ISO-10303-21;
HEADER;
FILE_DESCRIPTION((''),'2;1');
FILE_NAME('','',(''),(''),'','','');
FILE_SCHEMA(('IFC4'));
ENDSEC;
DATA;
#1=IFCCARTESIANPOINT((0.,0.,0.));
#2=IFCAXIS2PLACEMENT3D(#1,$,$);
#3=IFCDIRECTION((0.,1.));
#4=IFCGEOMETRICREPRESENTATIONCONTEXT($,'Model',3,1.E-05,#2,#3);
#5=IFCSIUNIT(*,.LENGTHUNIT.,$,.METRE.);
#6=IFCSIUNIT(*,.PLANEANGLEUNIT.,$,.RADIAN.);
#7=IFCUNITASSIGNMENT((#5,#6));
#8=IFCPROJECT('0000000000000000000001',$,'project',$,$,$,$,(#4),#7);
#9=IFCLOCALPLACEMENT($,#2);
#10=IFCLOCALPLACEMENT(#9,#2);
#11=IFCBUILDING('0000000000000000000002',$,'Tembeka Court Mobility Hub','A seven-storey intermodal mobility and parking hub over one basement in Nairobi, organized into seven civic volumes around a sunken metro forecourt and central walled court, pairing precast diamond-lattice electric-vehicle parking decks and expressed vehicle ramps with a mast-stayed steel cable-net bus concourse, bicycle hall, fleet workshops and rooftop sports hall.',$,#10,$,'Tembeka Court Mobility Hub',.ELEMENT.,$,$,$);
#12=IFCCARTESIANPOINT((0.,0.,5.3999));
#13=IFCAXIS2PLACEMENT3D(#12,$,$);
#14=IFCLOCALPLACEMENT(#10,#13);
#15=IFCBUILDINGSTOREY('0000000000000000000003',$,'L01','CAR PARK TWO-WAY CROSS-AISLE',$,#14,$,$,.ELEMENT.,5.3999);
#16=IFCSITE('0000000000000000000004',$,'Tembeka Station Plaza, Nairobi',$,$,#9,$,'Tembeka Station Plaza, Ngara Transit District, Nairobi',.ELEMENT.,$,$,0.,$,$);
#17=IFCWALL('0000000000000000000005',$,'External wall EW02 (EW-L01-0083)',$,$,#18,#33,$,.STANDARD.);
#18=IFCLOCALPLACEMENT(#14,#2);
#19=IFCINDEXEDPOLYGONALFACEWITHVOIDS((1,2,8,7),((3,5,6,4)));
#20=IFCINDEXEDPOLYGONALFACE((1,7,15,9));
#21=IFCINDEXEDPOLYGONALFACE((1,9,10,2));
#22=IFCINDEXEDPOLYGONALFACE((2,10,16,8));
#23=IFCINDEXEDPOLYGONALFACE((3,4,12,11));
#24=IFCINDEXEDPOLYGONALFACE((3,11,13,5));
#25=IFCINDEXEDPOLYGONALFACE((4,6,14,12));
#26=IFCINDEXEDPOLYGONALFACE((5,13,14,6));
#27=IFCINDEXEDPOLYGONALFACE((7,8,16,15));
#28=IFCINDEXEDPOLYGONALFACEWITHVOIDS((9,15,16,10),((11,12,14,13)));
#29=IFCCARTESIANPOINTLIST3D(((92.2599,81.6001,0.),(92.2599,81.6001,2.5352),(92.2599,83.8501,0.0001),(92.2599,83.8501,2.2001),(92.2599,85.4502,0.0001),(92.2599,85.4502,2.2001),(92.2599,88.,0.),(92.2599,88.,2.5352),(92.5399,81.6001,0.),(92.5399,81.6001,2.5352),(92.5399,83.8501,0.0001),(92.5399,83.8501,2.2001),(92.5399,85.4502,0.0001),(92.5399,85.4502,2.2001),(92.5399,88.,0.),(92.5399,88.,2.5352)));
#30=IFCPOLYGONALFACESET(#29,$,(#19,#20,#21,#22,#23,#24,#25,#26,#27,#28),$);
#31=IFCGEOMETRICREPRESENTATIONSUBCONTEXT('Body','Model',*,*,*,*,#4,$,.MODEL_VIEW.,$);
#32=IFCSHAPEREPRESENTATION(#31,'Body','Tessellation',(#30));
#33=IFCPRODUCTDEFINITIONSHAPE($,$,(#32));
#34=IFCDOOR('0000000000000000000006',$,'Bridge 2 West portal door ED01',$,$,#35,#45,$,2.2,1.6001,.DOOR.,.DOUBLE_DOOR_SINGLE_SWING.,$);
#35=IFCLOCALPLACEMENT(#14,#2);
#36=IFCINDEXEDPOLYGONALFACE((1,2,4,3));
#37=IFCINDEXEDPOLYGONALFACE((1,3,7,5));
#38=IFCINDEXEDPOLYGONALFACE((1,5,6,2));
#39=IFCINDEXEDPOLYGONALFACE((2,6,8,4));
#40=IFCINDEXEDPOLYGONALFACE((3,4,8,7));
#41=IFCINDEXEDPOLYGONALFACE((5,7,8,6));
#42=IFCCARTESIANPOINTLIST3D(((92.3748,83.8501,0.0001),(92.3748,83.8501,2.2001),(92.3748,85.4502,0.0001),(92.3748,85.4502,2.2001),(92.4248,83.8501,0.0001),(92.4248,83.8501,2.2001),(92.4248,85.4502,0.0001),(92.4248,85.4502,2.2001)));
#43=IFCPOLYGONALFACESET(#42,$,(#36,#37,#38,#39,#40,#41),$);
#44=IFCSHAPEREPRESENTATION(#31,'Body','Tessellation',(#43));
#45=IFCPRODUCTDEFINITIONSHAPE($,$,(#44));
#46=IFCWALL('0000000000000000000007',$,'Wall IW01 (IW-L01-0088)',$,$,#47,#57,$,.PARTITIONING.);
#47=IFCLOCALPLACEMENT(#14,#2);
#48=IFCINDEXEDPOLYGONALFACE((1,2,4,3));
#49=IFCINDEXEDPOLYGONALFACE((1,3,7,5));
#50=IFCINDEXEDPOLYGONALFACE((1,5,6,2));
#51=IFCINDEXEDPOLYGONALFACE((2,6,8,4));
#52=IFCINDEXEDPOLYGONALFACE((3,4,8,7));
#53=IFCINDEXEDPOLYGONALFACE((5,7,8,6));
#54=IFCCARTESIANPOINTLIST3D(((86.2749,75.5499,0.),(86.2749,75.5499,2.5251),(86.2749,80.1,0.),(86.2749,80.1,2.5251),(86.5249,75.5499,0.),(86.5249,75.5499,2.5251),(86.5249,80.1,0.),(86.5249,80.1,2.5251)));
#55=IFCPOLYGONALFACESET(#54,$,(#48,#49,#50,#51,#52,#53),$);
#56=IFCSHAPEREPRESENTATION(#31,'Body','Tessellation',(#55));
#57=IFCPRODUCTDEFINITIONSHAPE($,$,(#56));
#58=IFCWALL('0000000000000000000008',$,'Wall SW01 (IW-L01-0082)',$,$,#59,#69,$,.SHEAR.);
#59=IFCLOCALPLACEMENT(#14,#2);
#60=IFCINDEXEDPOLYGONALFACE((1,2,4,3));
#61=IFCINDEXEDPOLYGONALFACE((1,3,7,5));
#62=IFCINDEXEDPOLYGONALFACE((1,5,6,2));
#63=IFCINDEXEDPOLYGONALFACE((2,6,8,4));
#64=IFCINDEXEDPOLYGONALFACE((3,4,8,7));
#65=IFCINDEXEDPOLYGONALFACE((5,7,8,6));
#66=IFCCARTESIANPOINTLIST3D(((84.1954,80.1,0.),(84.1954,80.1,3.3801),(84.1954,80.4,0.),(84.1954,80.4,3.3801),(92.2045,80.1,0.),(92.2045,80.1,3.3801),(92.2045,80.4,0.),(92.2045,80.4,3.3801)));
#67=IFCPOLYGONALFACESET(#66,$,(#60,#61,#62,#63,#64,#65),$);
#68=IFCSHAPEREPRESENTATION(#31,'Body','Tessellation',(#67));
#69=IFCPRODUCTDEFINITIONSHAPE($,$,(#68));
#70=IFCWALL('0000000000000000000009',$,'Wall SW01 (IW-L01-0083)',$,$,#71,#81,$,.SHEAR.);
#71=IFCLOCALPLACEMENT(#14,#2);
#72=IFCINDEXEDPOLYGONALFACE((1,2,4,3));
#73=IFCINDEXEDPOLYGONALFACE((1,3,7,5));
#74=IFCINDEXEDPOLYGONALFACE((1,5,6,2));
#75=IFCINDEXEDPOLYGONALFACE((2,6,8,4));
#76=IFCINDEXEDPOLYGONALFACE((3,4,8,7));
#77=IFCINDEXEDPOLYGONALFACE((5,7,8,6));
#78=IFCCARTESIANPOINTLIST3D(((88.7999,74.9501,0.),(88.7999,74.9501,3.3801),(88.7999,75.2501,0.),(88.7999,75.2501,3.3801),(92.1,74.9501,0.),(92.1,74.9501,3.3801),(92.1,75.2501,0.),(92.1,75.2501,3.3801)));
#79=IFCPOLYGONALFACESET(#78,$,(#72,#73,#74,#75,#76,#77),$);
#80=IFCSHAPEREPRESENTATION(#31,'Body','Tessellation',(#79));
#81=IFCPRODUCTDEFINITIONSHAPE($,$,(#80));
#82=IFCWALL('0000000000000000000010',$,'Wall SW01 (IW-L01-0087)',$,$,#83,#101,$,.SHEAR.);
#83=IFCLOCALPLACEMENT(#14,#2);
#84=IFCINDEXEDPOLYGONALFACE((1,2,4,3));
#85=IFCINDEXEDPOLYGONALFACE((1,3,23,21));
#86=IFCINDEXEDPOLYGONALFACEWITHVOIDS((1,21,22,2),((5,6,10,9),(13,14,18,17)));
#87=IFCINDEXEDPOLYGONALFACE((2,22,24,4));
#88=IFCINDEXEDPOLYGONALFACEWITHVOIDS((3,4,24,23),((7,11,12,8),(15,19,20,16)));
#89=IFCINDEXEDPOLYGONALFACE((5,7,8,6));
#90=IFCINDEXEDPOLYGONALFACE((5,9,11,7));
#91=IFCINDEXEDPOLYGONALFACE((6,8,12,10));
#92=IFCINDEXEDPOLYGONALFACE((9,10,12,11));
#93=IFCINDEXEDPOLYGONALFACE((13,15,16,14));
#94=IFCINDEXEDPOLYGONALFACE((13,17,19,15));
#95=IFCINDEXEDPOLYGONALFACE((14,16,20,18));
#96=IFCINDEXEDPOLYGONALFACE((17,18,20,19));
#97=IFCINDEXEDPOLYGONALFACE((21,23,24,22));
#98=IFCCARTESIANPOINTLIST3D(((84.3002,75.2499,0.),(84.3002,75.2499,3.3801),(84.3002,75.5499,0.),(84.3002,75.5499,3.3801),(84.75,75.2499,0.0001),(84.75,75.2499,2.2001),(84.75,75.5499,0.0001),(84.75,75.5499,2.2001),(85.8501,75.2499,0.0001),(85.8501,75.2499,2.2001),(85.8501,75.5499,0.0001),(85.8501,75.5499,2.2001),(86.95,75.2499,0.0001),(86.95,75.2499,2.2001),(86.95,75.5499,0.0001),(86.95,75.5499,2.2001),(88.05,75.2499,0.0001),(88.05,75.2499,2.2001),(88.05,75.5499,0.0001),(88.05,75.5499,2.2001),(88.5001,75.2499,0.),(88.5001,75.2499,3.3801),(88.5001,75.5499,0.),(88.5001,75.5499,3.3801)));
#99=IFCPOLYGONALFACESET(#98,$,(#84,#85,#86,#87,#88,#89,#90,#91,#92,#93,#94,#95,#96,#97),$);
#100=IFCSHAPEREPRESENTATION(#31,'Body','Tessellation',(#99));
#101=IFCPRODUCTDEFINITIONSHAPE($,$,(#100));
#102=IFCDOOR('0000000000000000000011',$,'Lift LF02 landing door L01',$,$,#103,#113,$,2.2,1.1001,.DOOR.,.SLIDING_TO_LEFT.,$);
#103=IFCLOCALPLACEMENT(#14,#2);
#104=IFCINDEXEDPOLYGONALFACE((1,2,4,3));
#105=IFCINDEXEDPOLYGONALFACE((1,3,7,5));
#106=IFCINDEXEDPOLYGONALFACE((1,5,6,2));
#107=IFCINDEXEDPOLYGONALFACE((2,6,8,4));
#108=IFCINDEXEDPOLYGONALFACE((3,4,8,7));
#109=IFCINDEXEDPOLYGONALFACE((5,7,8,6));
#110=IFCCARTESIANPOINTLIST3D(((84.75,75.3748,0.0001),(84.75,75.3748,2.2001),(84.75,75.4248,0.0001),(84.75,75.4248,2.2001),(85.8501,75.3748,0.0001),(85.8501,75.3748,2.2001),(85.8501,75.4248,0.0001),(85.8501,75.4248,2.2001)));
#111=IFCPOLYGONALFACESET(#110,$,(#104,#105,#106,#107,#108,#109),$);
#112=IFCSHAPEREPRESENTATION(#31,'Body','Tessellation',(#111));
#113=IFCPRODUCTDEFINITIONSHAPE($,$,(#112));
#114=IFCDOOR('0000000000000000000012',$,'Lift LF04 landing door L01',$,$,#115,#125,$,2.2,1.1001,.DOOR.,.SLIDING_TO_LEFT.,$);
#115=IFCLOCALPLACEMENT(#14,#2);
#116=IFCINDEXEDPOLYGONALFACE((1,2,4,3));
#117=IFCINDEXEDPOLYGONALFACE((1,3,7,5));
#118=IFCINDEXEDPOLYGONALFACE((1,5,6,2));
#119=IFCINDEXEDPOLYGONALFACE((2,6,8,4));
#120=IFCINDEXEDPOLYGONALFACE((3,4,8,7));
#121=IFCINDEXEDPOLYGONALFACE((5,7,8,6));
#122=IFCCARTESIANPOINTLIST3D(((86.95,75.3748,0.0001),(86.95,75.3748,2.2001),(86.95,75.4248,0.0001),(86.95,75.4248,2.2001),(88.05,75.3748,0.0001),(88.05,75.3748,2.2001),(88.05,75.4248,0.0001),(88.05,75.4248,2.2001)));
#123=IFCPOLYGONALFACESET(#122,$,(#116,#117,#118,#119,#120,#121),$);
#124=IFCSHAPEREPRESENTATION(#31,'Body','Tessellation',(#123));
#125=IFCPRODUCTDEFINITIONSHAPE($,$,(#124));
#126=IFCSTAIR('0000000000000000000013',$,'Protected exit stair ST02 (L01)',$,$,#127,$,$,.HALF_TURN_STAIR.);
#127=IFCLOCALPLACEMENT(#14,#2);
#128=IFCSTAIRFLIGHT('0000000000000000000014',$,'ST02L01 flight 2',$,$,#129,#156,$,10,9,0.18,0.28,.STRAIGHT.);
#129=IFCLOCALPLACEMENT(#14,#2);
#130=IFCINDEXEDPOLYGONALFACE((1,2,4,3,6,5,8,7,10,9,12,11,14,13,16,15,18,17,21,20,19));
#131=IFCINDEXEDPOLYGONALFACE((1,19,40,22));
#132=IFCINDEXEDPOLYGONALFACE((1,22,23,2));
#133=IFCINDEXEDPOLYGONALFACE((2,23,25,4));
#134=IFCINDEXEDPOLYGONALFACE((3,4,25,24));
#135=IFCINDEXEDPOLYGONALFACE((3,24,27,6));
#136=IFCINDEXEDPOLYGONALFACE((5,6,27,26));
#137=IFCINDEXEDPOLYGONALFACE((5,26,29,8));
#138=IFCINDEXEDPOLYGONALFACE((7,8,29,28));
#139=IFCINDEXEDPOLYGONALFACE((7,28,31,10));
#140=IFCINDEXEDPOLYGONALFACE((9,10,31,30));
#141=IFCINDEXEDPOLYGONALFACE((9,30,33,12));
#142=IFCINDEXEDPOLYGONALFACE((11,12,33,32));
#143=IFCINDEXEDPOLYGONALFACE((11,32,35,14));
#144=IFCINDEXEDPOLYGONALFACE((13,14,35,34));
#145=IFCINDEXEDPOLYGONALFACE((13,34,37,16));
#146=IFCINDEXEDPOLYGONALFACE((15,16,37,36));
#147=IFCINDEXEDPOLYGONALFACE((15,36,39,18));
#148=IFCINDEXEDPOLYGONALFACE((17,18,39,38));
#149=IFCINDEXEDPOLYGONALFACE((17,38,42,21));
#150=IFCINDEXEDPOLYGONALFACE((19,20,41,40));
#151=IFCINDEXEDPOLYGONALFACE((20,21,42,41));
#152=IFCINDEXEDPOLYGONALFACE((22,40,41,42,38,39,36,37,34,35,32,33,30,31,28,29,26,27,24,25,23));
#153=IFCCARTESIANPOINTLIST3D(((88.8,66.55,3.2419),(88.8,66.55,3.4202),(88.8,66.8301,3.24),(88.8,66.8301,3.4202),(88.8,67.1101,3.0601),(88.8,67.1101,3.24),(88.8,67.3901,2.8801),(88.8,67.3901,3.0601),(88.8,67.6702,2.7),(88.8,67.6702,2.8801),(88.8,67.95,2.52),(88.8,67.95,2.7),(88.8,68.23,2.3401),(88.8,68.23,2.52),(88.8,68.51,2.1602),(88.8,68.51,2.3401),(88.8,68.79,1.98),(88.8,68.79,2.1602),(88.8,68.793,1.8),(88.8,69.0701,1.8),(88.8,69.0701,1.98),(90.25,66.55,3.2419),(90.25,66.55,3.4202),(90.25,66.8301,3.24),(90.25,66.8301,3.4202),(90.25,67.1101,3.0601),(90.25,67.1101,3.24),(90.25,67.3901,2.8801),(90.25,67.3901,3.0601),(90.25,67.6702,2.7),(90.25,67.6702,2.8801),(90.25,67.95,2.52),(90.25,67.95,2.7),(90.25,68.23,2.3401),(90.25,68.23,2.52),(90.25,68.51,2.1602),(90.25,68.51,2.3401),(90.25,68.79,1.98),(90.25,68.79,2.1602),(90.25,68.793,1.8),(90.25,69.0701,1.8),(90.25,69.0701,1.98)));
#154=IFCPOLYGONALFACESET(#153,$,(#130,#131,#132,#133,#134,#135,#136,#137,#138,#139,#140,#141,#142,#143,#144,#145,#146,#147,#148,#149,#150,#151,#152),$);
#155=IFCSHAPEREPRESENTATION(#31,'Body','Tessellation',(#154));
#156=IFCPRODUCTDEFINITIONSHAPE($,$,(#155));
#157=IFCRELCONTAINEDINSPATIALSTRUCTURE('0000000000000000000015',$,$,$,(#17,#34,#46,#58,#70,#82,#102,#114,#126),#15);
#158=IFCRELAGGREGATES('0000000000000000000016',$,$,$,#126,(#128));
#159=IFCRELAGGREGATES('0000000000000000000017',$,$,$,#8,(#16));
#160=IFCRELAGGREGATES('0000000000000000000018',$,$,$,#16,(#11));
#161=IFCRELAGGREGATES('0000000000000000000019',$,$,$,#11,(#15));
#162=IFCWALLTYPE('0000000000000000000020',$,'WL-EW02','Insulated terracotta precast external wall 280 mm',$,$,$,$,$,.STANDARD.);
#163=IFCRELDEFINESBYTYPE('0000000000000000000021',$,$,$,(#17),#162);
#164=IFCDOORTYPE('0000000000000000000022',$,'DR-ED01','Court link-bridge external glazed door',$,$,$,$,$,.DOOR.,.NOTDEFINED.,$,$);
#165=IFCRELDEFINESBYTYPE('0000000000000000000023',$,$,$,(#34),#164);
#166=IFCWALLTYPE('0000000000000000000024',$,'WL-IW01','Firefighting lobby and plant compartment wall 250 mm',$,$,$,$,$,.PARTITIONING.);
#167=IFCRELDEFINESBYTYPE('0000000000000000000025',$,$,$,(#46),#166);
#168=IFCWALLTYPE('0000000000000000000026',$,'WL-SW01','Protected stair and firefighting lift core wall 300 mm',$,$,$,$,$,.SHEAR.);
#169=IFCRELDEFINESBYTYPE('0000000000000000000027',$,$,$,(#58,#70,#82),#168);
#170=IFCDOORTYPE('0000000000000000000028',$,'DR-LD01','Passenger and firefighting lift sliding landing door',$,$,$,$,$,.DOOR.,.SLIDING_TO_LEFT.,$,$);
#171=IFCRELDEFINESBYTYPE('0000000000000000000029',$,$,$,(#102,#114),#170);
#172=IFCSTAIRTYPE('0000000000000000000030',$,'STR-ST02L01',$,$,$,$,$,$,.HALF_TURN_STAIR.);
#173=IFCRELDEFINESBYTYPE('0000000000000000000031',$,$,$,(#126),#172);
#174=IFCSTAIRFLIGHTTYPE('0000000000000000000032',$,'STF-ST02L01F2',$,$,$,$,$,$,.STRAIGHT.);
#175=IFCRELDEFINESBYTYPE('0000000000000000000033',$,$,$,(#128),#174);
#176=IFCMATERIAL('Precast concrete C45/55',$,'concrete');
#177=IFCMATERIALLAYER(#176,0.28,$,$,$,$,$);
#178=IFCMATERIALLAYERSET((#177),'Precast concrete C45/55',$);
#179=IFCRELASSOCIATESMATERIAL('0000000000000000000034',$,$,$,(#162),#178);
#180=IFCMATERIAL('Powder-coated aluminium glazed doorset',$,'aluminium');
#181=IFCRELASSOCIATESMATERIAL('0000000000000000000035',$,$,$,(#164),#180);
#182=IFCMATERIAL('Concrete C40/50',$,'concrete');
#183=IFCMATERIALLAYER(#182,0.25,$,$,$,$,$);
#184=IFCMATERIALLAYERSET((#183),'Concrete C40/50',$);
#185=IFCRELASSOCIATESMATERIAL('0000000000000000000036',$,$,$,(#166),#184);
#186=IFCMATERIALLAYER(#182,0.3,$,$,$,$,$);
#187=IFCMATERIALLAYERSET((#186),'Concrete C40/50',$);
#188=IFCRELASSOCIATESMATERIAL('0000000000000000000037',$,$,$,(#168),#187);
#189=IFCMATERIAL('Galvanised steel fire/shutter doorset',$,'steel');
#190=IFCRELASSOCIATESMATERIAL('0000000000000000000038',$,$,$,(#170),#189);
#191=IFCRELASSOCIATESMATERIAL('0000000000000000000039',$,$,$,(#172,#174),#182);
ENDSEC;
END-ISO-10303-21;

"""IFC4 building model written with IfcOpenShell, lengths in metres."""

from ifc_helpers import new_model, si_unit, direction, frame, frame_2d, origin, place, context, subcontext, project, spatial, polyline, rectangle, outline, extrude, material, layer, layer_set, type_object, element, fill, aggregate, save


model = new_model("IFC4")

# Units and contexts
model_context = context("Model", 3, precision=1e-05, world=origin(), true_north=direction((0.0, 1.0)))
body_context = subcontext(model_context, "Body", "Model", "MODEL_VIEW")
ifc_project = project(units=[si_unit("LENGTHUNIT", "METRE"), si_unit("PLANEANGLEUNIT", "RADIAN")], contexts=[model_context])

# Site, building, storey
site_placement = place(None, origin())
site = spatial("IfcSite", under=ifc_project, at=site_placement, Name="Tembeka Station Plaza, Nairobi", LongName="Tembeka Station Plaza, Ngara Transit District, Nairobi", CompositionType="ELEMENT", RefElevation=0.0)
building_placement = place(site_placement, origin())
building = spatial("IfcBuilding", under=site, at=building_placement, Name="Tembeka Court Mobility Hub", Description="A seven-storey intermodal mobility and parking hub over one basement in Nairobi, organized into seven civic volumes around a sunken metro forecourt and central walled court, pairing precast diamond-lattice electric-vehicle parking decks and expressed vehicle ramps with a mast-stayed steel cable-net bus concourse, bicycle hall, fleet workshops and rooftop sports hall.", LongName="Tembeka Court Mobility Hub", CompositionType="ELEMENT")
storey_placement = place(building_placement, frame((0.0, 0.0, 5.3999)))
storey = spatial("IfcBuildingStorey", under=building, at=storey_placement, Name="L01", Description="CAR PARK TWO-WAY CROSS-AISLE", CompositionType="ELEMENT", Elevation=5.3999)

# Shared definitions
ifc_material_1 = material(Name="Precast concrete C45/55", Category="concrete")

# Wall, opening, door
ifc_layer_1 = layer(ifc_material_1, 0.28)
ifc_layer_set_1 = layer_set([ifc_layer_1], Name="Precast concrete C45/55")
wall_type_1 = type_object("IfcWallType", Name="WL-EW02", Description="Insulated terracotta precast external wall 280 mm", PredefinedType="STANDARD", material=ifc_layer_set_1)
wall_1_placement = place(storey_placement, frame((92.3999, 81.6001, 0.0), z_axis=(0.0, 0.0, 1.0), x_axis=(0.0, 1.0, 0.0)))
wall_1 = element("IfcWall", 1, at=wall_1_placement, inside=storey, type_object=wall_type_1, Name="External wall EW02 (EW-L01-0083)", PredefinedType="STANDARD", context=body_context, shape_type="SweptSolid", body=[
    extrude(rectangle(XDim=6.3999, YDim=0.28, at=frame_2d((3.2, 0.0))), origin(), (0.0, 0.0, 1.0), 2.5352),
])
opening_1_placement = place(wall_1_placement, frame((2.25, 0.0, 0.0)))
opening_1 = element("IfcOpeningElement", 2, at=opening_1_placement, cuts=wall_1, PredefinedType="OPENING", context=body_context, shape_type="SweptSolid", body=[
    extrude(rectangle(XDim=1.6001, YDim=2.2, at=frame_2d((0.8, 1.1001))), frame((0.0, 0.1499, 0.0), z_axis=(0.0, -1.0, 0.0), x_axis=(1.0, 0.0, 0.0)), (0.0, 0.0, 1.0), 0.3),
])
ifc_material_2 = material(Name="Powder-coated aluminium glazed doorset", Category="aluminium")
door_type_1 = type_object("IfcDoorType", Name="DR-ED01", Description="Court link-bridge external glazed door", OperationType="NOTDEFINED", PredefinedType="DOOR", material=ifc_material_2)
door_1_placement = place(opening_1_placement, frame((1.6001, 0.0, 0.0), z_axis=(0.0, 0.0, 1.0), x_axis=(-1.0, 0.0, 0.0)))
door_1 = element("IfcDoor", 3, at=door_1_placement, inside=storey, type_object=door_type_1, Name="Bridge 2 West portal door ED01", OperationType="DOUBLE_DOOR_SINGLE_SWING", OverallHeight=2.2, OverallWidth=1.6001, PredefinedType="DOOR", context=body_context, shape_type="SweptSolid", body=[
    extrude(rectangle(XDim=1.6001, YDim=2.2, at=frame_2d((0.8, 1.1001))), frame((0.0, 0.0249, 0.0), z_axis=(0.0, -1.0, 0.0), x_axis=(1.0, 0.0, 0.0)), (0.0, 0.0, 1.0), 0.05),
])
fill(opening_1, door_1)

# Walls
ifc_material_3 = material(Name="Concrete C40/50", Category="concrete")
ifc_layer_2 = layer(ifc_material_3, 0.25)
ifc_layer_set_2 = layer_set([ifc_layer_2], Name="Concrete C40/50")
wall_type_2 = type_object("IfcWallType", Name="WL-IW01", Description="Firefighting lobby and plant compartment wall 250 mm", PredefinedType="PARTITIONING", material=ifc_layer_set_2)
wall_2_placement = place(storey_placement, frame((86.3999, 75.55, 0.0), z_axis=(0.0, 0.0, 1.0), x_axis=(0.0, 1.0, 0.0)))
element("IfcWall", 4, at=wall_2_placement, inside=storey, type_object=wall_type_2, Name="Wall IW01 (IW-L01-0088)", PredefinedType="PARTITIONING", context=body_context, shape_type="SweptSolid", body=[
    extrude(rectangle(XDim=4.55, YDim=0.25, at=frame_2d((2.2749, 0.0))), origin(), (0.0, 0.0, 1.0), 2.5251),
])
ifc_layer_3 = layer(ifc_material_3, 0.3)
ifc_layer_set_3 = layer_set([ifc_layer_3], Name="Concrete C40/50")
wall_type_3 = type_object("IfcWallType", Name="WL-SW01", Description="Protected stair and firefighting lift core wall 300 mm", PredefinedType="SHEAR", material=ifc_layer_set_3)
wall_3_placement = place(storey_placement, frame((84.1956, 80.25, 0.0), z_axis=(0.0, 0.0, 1.0), x_axis=(1.0, 0.0, 0.0)))
element("IfcWall", 5, at=wall_3_placement, inside=storey, type_object=wall_type_3, Name="Wall SW01 (IW-L01-0082)", PredefinedType="SHEAR", context=body_context, shape_type="SweptSolid", body=[
    extrude(rectangle(XDim=8.009, YDim=0.3, at=frame_2d((4.0044, 0.0))), origin(), (0.0, 0.0, 1.0), 3.3801),
])
wall_4_placement = place(storey_placement, frame((88.8, 75.1001, 0.0), z_axis=(0.0, 0.0, 1.0), x_axis=(1.0, 0.0, 0.0)))
element("IfcWall", 6, at=wall_4_placement, inside=storey, type_object=wall_type_3, Name="Wall SW01 (IW-L01-0083)", PredefinedType="SHEAR", context=body_context, shape_type="SweptSolid", body=[
    extrude(rectangle(XDim=3.3, YDim=0.3, at=frame_2d((1.6499, 0.0))), origin(), (0.0, 0.0, 1.0), 3.3801),
])

# Wall, openings, doors
wall_5_placement = place(storey_placement, frame((84.3, 75.3999, 0.0), z_axis=(0.0, 0.0, 1.0), x_axis=(1.0, 0.0, 0.0)))
wall_5 = element("IfcWall", 7, at=wall_5_placement, inside=storey, type_object=wall_type_3, Name="Wall SW01 (IW-L01-0087)", PredefinedType="SHEAR", context=body_context, shape_type="SweptSolid", body=[
    extrude(rectangle(XDim=4.2, YDim=0.3, at=frame_2d((2.1001, 0.0))), origin(), (0.0, 0.0, 1.0), 3.3801),
])
opening_2_placement = place(wall_5_placement, frame((0.45, 0.0, 0.0)))
opening_2 = element("IfcOpeningElement", 8, at=opening_2_placement, cuts=wall_5, PredefinedType="OPENING", context=body_context, shape_type="SweptSolid", body=[
    extrude(rectangle(XDim=1.1001, YDim=2.2, at=frame_2d((0.55, 1.1001))), frame((0.0, 0.1602, 0.0), z_axis=(0.0, -1.0, 0.0), x_axis=(1.0, 0.0, 0.0)), (0.0, 0.0, 1.0), 0.3201),
])
opening_3_placement = place(wall_5_placement, frame((2.6499, 0.0, 0.0)))
opening_3 = element("IfcOpeningElement", 9, at=opening_3_placement, cuts=wall_5, PredefinedType="OPENING", context=body_context, shape_type="SweptSolid", body=[
    extrude(rectangle(XDim=1.1001, YDim=2.2, at=frame_2d((0.55, 1.1001))), frame((0.0, 0.1602, 0.0), z_axis=(0.0, -1.0, 0.0), x_axis=(1.0, 0.0, 0.0)), (0.0, 0.0, 1.0), 0.3201),
])
ifc_material_4 = material(Name="Galvanised steel fire/shutter doorset", Category="steel")
door_type_2 = type_object("IfcDoorType", Name="DR-LD01", Description="Passenger and firefighting lift sliding landing door", OperationType="SLIDING_TO_LEFT", PredefinedType="DOOR", material=ifc_material_4)
door_2_placement = place(opening_2_placement, origin())
door_2 = element("IfcDoor", 10, at=door_2_placement, inside=storey, type_object=door_type_2, Name="Lift LF02 landing door L01", OperationType="SLIDING_TO_LEFT", OverallHeight=2.2, OverallWidth=1.1001, PredefinedType="DOOR", context=body_context, shape_type="SweptSolid", body=[
    extrude(rectangle(XDim=1.1001, YDim=2.2, at=frame_2d((0.55, 1.1001))), frame((0.0, 0.0249, 0.0), z_axis=(0.0, -1.0, 0.0), x_axis=(1.0, 0.0, 0.0)), (0.0, 0.0, 1.0), 0.05),
])
fill(opening_2, door_2)
door_3_placement = place(opening_3_placement, origin())
door_3 = element("IfcDoor", 11, at=door_3_placement, inside=storey, type_object=door_type_2, Name="Lift LF04 landing door L01", OperationType="SLIDING_TO_LEFT", OverallHeight=2.2, OverallWidth=1.1001, PredefinedType="DOOR", context=body_context, shape_type="SweptSolid", body=[
    extrude(rectangle(XDim=1.1001, YDim=2.2, at=frame_2d((0.55, 1.1001))), frame((0.0, 0.0249, 0.0), z_axis=(0.0, -1.0, 0.0), x_axis=(1.0, 0.0, 0.0)), (0.0, 0.0, 1.0), 0.05),
])
fill(opening_3, door_3)

# Stair, stair flight
stair_type = type_object("IfcStairType", Name="STR-ST02L01", PredefinedType="HALF_TURN_STAIR", material=ifc_material_3)
stair_placement = place(storey_placement, origin())
stair = element("IfcStair", 12, at=stair_placement, inside=storey, type_object=stair_type, Name="Protected exit stair ST02 (L01)", PredefinedType="HALF_TURN_STAIR")
stair_flight_type = type_object("IfcStairFlightType", Name="STF-ST02L01F2", PredefinedType="STRAIGHT", material=ifc_material_3)
stair_flight_placement = place(storey_placement, frame((89.5249, 69.0701, 1.8), z_axis=(0.0, 0.0, 1.0), x_axis=(0.0, -1.0, 0.0)))
stair_flight = element("IfcStairFlight", 13, at=stair_flight_placement, type_object=stair_flight_type, Name="ST02L01 flight 2", NumberOfRisers=10, NumberOfTreads=9, PredefinedType="STRAIGHT", RiserHeight=0.18, TreadLength=0.28, context=body_context, shape_type="SweptSolid", body=[
    extrude(outline(polyline([(0.0, 0.0), (0.0, 0.1799), (0.28, 0.1799), (0.28, 0.3601), (0.5601, 0.3601), (0.5601, 0.54), (0.8401, 0.54), (0.8401, 0.72), (1.1201, 0.72), (1.1201, 0.8999), (1.3999, 0.8999), (1.3999, 1.0801), (1.6799, 1.0801), (1.6799, 1.26), (1.96, 1.26), (1.96, 1.4399), (2.24, 1.4399), (2.24, 1.6201), (2.52, 1.6201), (2.52, 1.8), (2.52, 1.4419), (0.2771, 0.0), (0.0, 0.0)])), frame((0.0, 0.7251, 0.0), z_axis=(0.0, -1.0, 0.0), x_axis=(1.0, 0.0, 0.0)), (0.0, 0.0, 1.0), 1.45),
])
aggregate(stair, [stair_flight])

save(model, "model.ifc")
